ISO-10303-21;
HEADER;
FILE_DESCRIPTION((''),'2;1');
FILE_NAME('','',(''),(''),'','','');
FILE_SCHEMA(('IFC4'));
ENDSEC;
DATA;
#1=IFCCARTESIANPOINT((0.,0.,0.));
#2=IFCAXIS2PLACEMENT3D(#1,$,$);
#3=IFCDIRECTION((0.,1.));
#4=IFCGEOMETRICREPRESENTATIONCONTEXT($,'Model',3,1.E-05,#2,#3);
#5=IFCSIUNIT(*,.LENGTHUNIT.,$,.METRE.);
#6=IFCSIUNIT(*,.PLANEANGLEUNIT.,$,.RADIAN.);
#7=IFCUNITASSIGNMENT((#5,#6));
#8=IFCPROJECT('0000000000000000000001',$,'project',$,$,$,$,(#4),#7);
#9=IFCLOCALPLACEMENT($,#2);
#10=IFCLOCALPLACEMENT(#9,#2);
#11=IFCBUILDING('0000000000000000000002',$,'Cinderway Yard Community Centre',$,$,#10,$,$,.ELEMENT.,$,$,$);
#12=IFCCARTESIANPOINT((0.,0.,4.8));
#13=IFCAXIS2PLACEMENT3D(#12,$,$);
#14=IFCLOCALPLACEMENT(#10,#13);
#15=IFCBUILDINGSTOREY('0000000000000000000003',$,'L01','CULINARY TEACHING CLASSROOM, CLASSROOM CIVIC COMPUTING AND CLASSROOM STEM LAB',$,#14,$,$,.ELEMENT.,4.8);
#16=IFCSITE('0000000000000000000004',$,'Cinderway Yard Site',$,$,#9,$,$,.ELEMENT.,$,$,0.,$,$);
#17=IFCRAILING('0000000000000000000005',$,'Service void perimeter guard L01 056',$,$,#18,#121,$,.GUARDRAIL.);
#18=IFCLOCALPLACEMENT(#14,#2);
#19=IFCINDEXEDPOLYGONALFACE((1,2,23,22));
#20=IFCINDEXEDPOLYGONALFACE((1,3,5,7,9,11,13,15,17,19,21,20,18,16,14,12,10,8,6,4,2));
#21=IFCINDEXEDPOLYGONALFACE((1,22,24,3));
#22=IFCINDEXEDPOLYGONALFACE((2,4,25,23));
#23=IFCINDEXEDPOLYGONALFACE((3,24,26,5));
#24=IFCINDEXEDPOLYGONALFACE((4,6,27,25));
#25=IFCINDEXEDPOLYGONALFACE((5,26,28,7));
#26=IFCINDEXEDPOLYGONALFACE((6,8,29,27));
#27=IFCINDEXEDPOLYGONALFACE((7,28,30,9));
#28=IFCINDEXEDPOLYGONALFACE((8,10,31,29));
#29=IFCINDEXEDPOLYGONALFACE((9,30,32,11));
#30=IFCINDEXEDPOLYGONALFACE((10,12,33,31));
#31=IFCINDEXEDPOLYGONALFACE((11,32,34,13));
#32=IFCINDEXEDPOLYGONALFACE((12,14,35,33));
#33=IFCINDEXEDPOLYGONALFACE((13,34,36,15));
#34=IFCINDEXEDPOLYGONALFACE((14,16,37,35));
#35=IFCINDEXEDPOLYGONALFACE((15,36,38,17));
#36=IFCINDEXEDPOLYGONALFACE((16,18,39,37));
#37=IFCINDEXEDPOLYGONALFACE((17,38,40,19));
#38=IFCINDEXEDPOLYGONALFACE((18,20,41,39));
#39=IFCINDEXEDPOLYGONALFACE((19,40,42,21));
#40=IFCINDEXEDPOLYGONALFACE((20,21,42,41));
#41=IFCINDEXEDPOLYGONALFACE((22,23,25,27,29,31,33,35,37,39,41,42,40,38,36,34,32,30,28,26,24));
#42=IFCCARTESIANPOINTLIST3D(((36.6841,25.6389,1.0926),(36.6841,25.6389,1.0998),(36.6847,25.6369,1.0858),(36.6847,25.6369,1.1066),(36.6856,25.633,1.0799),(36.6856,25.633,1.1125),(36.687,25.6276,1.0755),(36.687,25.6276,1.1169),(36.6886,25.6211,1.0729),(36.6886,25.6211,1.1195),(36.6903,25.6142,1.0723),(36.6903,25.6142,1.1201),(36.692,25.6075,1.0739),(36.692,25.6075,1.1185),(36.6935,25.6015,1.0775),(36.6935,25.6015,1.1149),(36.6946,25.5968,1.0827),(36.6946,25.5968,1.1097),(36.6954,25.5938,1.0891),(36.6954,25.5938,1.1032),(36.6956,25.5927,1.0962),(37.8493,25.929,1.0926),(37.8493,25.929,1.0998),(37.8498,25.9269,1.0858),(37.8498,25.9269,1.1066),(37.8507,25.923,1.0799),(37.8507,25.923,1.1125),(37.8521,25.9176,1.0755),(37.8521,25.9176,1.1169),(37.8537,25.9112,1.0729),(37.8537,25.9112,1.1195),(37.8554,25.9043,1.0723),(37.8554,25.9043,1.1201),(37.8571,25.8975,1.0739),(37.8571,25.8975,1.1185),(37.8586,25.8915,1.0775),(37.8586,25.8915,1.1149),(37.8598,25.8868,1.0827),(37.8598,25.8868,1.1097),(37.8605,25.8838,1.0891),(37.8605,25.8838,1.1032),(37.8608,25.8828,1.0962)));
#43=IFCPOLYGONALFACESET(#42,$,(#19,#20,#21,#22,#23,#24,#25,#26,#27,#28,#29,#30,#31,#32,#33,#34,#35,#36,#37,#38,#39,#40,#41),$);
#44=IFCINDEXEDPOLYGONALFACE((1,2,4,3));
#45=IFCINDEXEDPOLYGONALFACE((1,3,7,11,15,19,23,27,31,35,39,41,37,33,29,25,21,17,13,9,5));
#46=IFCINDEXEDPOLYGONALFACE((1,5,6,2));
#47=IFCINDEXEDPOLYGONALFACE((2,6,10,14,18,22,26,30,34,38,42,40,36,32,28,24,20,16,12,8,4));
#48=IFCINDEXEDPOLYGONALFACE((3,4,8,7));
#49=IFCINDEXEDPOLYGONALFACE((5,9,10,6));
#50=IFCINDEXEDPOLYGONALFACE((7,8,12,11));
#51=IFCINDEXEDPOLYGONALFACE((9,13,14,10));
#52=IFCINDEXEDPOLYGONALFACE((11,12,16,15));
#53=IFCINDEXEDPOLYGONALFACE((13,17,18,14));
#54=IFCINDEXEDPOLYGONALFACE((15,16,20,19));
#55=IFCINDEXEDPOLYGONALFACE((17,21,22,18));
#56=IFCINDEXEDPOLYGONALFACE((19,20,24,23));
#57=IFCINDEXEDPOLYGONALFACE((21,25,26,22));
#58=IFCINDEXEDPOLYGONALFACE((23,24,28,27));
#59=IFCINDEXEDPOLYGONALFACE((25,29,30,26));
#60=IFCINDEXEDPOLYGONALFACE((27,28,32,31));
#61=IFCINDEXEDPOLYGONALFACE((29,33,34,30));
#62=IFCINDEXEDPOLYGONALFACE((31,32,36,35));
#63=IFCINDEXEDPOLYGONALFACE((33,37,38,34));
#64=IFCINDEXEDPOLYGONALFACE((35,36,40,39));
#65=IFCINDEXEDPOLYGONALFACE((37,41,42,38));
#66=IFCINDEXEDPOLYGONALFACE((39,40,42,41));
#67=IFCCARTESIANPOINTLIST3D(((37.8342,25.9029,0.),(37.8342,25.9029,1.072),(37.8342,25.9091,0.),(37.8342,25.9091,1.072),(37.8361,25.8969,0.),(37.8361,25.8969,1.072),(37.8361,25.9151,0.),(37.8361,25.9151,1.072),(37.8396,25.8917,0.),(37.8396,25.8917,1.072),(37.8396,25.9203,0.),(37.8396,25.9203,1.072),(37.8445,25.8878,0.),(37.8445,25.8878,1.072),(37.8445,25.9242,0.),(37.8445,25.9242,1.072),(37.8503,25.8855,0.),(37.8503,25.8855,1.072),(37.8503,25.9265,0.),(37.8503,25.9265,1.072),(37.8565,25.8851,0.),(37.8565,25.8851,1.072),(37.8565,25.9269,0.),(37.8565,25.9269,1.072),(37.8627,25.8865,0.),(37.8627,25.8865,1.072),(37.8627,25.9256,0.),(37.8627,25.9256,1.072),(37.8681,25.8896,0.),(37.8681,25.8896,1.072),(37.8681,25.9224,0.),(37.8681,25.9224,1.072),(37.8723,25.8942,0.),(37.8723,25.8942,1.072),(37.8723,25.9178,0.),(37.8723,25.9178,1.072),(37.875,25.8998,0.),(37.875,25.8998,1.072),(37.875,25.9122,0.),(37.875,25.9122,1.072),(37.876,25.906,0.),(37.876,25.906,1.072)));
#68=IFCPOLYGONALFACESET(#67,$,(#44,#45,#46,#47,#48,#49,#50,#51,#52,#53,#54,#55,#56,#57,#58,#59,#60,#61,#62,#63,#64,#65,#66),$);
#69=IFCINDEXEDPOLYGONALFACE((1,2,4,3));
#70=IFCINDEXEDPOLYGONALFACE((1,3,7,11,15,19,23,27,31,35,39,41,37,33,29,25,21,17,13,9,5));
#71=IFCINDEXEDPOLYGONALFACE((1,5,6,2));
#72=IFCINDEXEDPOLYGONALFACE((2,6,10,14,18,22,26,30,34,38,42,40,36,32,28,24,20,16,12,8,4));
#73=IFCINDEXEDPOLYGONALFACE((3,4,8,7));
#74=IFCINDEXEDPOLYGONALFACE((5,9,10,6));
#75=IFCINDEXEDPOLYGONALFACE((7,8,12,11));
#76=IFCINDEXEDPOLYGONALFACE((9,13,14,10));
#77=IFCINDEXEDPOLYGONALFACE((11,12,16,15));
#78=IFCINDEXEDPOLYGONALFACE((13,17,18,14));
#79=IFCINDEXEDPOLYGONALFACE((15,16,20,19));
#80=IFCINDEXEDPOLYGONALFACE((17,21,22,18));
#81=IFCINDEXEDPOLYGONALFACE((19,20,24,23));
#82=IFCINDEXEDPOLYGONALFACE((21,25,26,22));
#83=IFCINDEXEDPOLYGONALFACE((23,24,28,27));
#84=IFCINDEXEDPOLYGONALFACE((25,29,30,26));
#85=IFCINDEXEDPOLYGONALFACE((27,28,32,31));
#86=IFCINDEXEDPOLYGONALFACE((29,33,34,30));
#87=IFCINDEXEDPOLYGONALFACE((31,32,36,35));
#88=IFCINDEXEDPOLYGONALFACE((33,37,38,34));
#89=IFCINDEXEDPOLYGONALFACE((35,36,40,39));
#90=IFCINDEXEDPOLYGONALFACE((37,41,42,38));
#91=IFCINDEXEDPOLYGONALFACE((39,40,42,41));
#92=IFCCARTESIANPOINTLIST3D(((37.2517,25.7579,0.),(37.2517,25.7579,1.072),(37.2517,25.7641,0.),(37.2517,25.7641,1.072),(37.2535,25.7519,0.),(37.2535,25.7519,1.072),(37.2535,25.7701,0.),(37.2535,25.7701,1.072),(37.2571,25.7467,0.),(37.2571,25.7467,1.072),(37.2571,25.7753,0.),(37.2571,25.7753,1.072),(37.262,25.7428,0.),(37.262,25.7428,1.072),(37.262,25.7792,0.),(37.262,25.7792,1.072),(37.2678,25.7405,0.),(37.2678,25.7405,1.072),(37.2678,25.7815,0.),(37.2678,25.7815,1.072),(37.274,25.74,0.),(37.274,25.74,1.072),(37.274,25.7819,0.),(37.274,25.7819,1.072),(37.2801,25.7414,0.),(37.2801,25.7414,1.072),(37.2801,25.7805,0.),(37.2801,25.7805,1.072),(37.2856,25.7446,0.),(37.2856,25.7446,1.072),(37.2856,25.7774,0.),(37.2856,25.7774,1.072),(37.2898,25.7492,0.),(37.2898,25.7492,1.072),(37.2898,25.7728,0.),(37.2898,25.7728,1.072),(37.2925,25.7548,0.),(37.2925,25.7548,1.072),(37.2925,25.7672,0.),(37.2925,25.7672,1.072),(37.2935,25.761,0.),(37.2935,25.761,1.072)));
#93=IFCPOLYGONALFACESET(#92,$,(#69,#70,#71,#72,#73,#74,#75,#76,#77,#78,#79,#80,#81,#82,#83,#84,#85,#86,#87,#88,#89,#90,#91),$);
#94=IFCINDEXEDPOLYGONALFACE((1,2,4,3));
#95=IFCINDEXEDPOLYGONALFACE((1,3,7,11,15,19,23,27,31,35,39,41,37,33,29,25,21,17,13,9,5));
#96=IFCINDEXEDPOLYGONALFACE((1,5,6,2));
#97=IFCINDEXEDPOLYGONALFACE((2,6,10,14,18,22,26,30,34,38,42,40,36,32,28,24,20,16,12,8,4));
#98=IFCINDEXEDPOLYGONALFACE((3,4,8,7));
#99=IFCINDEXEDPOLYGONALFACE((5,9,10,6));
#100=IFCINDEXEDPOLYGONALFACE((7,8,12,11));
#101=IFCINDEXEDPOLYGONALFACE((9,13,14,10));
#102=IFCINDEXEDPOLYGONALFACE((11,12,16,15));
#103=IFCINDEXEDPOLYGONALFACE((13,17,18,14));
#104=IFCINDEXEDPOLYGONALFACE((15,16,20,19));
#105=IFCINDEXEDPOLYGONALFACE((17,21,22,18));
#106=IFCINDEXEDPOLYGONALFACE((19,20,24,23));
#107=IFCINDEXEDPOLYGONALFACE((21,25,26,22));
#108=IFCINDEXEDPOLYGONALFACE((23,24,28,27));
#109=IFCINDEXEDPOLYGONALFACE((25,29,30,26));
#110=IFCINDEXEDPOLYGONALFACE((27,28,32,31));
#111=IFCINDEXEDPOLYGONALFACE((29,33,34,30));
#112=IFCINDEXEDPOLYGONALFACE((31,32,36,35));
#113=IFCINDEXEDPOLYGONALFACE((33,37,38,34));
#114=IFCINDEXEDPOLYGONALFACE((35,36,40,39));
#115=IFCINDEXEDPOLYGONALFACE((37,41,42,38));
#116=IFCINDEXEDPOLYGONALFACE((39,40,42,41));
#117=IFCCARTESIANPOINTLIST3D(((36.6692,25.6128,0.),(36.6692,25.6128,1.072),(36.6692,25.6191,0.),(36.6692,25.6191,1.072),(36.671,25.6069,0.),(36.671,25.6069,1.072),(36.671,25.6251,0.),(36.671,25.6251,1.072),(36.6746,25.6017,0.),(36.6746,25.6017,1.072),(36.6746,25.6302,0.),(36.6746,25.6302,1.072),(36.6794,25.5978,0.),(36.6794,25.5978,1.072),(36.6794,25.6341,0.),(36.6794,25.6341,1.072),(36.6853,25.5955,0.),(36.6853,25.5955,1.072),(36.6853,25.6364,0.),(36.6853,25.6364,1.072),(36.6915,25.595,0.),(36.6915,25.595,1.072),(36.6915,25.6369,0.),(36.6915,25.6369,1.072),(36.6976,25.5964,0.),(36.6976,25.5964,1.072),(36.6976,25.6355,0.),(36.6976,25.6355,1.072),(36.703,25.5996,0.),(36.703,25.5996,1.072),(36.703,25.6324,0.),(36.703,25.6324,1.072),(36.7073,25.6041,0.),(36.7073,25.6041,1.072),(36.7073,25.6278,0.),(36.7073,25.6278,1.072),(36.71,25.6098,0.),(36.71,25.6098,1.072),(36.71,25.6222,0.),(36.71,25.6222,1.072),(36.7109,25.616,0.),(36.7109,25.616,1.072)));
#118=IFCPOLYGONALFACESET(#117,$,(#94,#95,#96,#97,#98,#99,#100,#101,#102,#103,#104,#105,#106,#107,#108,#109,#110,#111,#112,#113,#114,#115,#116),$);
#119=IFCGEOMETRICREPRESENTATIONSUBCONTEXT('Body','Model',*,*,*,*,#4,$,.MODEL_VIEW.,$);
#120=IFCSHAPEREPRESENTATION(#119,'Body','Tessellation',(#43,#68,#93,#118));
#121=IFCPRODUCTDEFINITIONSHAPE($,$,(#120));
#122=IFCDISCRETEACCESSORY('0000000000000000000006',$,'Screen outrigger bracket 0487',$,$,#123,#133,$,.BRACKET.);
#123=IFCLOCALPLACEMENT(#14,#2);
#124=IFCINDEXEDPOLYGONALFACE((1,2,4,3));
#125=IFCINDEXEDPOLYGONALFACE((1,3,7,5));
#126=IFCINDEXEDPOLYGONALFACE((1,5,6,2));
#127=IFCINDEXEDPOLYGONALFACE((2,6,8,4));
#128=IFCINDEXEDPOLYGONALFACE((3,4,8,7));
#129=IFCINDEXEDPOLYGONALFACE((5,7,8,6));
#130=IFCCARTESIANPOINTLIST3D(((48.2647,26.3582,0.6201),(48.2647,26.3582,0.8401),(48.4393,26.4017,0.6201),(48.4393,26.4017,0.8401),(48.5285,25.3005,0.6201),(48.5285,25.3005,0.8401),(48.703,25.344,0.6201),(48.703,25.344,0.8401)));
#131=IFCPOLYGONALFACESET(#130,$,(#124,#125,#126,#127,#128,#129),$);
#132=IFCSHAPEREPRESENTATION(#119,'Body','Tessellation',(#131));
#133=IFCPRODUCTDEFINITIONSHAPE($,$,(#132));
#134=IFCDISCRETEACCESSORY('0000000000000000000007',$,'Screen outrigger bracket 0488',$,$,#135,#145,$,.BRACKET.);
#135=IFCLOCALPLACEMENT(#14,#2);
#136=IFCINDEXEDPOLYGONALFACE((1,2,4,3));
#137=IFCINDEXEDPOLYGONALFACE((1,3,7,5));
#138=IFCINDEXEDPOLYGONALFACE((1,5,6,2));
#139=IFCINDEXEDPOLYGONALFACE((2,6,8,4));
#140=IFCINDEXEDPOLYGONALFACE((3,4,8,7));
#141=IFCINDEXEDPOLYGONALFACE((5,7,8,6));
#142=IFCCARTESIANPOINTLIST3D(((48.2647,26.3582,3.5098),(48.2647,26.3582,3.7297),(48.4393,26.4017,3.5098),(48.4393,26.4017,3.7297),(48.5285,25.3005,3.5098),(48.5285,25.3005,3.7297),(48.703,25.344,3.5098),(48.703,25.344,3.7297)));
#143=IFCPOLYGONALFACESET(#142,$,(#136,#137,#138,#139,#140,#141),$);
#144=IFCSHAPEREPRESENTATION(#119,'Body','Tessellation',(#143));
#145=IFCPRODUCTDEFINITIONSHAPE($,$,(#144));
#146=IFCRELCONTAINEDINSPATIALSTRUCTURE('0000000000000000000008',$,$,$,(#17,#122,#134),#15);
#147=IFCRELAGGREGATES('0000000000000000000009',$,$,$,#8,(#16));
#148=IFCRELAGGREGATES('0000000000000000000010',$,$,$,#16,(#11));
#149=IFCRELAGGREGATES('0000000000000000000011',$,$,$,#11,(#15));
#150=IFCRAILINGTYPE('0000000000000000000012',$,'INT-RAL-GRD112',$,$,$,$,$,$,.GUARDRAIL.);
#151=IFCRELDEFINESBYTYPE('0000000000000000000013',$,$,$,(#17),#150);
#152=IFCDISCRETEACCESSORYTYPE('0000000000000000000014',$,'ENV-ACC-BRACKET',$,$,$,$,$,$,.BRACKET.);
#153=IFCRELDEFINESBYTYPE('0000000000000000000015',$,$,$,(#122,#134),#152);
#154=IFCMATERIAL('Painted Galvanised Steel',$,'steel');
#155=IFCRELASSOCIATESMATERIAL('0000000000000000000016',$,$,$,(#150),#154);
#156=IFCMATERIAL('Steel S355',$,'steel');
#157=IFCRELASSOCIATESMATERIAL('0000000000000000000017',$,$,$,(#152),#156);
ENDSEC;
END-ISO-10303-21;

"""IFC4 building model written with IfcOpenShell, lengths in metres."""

from ifc_helpers import new_model, si_unit, direction, frame, origin, origin_2d, place, context, subcontext, project, spatial, rectangle, circle, extrude, material, type_object, element, save


model = new_model("IFC4")

# Units and contexts
model_context = context("Model", 3, precision=1e-05, world=origin(), true_north=direction((0.0, 1.0)))
body_context = subcontext(model_context, "Body", "Model", "MODEL_VIEW")
ifc_project = project(units=[si_unit("LENGTHUNIT", "METRE"), si_unit("PLANEANGLEUNIT", "RADIAN")], contexts=[model_context])

# Site, building, storey
site_placement = place(None, origin())
site = spatial("IfcSite", under=ifc_project, at=site_placement, Name="Cinderway Yard Site", CompositionType="ELEMENT", RefElevation=0.0)
building_placement = place(site_placement, origin())
building = spatial("IfcBuilding", under=site, at=building_placement, Name="Cinderway Yard Community Centre", CompositionType="ELEMENT")
storey_placement = place(building_placement, frame((0.0, 0.0, 4.8)))
storey = spatial("IfcBuildingStorey", under=building, at=storey_placement, Name="L01", Description="CULINARY TEACHING CLASSROOM, CLASSROOM CIVIC COMPUTING AND CLASSROOM STEM LAB", CompositionType="ELEMENT", Elevation=4.8)

# Shared definitions
ifc_material_1 = material(Name="Steel S355", Category="steel")

# Railing
ifc_material_2 = material(Name="Painted Galvanised Steel", Category="steel")
railing_type_1 = type_object("IfcRailingType", Name="INT-RAL-GRD112", PredefinedType="GUARDRAIL", material=ifc_material_2)
railing_1_placement = place(storey_placement, frame((37.855, 25.906, 0.0)))
element("IfcRailing", 1, at=railing_1_placement, inside=storey, type_object=railing_type_1, Name="Service void perimeter guard L01 056", PredefinedType="GUARDRAIL", context=body_context, shape_type="SweptSolid", body=[
    extrude(circle(Radius=0.0239, at=origin_2d()), frame((0.0, 0.0, 1.0962), z_axis=(-0.970381, -0.241579, 0.0), x_axis=(0.241579, -0.970381, 0.0)), (0.0, 0.0, 1.0), 1.2007),
    extrude(circle(Radius=0.021, at=origin_2d()), origin(), (0.0, 0.0, 1.0), 1.072),
    extrude(circle(Radius=0.021, at=origin_2d()), frame((-0.5825, -0.145, 0.0)), (0.0, 0.0, 1.0), 1.072),
    extrude(circle(Radius=0.021, at=origin_2d()), frame((-1.165, -0.29, 0.0)), (0.0, 0.0, 1.0), 1.072),
])

# Discrete accessories
discrete_accessory_type = type_object("IfcDiscreteAccessoryType", Name="ENV-ACC-BRACKET", PredefinedType="BRACKET", material=ifc_material_1)
for number, where, z_axis, x_axis, name in (
    (2, (48.4839, 25.8511, 0.6201), (0.0, 0.0, 1.0), (0.241922, -0.970296, 0.0), "Screen outrigger bracket 0487"),
    (3, (48.4839, 25.8511, 3.5098), (0.0, 0.0, 1.0), (0.241922, -0.970296, 0.0), "Screen outrigger bracket 0488"),
):
    element("IfcDiscreteAccessory", number, at=place(storey_placement, frame(where, z_axis=z_axis, x_axis=x_axis)), inside=storey, type_object=discrete_accessory_type, Name=name, PredefinedType="BRACKET", context=body_context, shape_type="SweptSolid", body=[
        extrude(rectangle(XDim=1.0901, YDim=0.1799, at=origin_2d()), origin(), (0.0, 0.0, 1.0), 0.22),
    ])

save(model, "model.ifc")
